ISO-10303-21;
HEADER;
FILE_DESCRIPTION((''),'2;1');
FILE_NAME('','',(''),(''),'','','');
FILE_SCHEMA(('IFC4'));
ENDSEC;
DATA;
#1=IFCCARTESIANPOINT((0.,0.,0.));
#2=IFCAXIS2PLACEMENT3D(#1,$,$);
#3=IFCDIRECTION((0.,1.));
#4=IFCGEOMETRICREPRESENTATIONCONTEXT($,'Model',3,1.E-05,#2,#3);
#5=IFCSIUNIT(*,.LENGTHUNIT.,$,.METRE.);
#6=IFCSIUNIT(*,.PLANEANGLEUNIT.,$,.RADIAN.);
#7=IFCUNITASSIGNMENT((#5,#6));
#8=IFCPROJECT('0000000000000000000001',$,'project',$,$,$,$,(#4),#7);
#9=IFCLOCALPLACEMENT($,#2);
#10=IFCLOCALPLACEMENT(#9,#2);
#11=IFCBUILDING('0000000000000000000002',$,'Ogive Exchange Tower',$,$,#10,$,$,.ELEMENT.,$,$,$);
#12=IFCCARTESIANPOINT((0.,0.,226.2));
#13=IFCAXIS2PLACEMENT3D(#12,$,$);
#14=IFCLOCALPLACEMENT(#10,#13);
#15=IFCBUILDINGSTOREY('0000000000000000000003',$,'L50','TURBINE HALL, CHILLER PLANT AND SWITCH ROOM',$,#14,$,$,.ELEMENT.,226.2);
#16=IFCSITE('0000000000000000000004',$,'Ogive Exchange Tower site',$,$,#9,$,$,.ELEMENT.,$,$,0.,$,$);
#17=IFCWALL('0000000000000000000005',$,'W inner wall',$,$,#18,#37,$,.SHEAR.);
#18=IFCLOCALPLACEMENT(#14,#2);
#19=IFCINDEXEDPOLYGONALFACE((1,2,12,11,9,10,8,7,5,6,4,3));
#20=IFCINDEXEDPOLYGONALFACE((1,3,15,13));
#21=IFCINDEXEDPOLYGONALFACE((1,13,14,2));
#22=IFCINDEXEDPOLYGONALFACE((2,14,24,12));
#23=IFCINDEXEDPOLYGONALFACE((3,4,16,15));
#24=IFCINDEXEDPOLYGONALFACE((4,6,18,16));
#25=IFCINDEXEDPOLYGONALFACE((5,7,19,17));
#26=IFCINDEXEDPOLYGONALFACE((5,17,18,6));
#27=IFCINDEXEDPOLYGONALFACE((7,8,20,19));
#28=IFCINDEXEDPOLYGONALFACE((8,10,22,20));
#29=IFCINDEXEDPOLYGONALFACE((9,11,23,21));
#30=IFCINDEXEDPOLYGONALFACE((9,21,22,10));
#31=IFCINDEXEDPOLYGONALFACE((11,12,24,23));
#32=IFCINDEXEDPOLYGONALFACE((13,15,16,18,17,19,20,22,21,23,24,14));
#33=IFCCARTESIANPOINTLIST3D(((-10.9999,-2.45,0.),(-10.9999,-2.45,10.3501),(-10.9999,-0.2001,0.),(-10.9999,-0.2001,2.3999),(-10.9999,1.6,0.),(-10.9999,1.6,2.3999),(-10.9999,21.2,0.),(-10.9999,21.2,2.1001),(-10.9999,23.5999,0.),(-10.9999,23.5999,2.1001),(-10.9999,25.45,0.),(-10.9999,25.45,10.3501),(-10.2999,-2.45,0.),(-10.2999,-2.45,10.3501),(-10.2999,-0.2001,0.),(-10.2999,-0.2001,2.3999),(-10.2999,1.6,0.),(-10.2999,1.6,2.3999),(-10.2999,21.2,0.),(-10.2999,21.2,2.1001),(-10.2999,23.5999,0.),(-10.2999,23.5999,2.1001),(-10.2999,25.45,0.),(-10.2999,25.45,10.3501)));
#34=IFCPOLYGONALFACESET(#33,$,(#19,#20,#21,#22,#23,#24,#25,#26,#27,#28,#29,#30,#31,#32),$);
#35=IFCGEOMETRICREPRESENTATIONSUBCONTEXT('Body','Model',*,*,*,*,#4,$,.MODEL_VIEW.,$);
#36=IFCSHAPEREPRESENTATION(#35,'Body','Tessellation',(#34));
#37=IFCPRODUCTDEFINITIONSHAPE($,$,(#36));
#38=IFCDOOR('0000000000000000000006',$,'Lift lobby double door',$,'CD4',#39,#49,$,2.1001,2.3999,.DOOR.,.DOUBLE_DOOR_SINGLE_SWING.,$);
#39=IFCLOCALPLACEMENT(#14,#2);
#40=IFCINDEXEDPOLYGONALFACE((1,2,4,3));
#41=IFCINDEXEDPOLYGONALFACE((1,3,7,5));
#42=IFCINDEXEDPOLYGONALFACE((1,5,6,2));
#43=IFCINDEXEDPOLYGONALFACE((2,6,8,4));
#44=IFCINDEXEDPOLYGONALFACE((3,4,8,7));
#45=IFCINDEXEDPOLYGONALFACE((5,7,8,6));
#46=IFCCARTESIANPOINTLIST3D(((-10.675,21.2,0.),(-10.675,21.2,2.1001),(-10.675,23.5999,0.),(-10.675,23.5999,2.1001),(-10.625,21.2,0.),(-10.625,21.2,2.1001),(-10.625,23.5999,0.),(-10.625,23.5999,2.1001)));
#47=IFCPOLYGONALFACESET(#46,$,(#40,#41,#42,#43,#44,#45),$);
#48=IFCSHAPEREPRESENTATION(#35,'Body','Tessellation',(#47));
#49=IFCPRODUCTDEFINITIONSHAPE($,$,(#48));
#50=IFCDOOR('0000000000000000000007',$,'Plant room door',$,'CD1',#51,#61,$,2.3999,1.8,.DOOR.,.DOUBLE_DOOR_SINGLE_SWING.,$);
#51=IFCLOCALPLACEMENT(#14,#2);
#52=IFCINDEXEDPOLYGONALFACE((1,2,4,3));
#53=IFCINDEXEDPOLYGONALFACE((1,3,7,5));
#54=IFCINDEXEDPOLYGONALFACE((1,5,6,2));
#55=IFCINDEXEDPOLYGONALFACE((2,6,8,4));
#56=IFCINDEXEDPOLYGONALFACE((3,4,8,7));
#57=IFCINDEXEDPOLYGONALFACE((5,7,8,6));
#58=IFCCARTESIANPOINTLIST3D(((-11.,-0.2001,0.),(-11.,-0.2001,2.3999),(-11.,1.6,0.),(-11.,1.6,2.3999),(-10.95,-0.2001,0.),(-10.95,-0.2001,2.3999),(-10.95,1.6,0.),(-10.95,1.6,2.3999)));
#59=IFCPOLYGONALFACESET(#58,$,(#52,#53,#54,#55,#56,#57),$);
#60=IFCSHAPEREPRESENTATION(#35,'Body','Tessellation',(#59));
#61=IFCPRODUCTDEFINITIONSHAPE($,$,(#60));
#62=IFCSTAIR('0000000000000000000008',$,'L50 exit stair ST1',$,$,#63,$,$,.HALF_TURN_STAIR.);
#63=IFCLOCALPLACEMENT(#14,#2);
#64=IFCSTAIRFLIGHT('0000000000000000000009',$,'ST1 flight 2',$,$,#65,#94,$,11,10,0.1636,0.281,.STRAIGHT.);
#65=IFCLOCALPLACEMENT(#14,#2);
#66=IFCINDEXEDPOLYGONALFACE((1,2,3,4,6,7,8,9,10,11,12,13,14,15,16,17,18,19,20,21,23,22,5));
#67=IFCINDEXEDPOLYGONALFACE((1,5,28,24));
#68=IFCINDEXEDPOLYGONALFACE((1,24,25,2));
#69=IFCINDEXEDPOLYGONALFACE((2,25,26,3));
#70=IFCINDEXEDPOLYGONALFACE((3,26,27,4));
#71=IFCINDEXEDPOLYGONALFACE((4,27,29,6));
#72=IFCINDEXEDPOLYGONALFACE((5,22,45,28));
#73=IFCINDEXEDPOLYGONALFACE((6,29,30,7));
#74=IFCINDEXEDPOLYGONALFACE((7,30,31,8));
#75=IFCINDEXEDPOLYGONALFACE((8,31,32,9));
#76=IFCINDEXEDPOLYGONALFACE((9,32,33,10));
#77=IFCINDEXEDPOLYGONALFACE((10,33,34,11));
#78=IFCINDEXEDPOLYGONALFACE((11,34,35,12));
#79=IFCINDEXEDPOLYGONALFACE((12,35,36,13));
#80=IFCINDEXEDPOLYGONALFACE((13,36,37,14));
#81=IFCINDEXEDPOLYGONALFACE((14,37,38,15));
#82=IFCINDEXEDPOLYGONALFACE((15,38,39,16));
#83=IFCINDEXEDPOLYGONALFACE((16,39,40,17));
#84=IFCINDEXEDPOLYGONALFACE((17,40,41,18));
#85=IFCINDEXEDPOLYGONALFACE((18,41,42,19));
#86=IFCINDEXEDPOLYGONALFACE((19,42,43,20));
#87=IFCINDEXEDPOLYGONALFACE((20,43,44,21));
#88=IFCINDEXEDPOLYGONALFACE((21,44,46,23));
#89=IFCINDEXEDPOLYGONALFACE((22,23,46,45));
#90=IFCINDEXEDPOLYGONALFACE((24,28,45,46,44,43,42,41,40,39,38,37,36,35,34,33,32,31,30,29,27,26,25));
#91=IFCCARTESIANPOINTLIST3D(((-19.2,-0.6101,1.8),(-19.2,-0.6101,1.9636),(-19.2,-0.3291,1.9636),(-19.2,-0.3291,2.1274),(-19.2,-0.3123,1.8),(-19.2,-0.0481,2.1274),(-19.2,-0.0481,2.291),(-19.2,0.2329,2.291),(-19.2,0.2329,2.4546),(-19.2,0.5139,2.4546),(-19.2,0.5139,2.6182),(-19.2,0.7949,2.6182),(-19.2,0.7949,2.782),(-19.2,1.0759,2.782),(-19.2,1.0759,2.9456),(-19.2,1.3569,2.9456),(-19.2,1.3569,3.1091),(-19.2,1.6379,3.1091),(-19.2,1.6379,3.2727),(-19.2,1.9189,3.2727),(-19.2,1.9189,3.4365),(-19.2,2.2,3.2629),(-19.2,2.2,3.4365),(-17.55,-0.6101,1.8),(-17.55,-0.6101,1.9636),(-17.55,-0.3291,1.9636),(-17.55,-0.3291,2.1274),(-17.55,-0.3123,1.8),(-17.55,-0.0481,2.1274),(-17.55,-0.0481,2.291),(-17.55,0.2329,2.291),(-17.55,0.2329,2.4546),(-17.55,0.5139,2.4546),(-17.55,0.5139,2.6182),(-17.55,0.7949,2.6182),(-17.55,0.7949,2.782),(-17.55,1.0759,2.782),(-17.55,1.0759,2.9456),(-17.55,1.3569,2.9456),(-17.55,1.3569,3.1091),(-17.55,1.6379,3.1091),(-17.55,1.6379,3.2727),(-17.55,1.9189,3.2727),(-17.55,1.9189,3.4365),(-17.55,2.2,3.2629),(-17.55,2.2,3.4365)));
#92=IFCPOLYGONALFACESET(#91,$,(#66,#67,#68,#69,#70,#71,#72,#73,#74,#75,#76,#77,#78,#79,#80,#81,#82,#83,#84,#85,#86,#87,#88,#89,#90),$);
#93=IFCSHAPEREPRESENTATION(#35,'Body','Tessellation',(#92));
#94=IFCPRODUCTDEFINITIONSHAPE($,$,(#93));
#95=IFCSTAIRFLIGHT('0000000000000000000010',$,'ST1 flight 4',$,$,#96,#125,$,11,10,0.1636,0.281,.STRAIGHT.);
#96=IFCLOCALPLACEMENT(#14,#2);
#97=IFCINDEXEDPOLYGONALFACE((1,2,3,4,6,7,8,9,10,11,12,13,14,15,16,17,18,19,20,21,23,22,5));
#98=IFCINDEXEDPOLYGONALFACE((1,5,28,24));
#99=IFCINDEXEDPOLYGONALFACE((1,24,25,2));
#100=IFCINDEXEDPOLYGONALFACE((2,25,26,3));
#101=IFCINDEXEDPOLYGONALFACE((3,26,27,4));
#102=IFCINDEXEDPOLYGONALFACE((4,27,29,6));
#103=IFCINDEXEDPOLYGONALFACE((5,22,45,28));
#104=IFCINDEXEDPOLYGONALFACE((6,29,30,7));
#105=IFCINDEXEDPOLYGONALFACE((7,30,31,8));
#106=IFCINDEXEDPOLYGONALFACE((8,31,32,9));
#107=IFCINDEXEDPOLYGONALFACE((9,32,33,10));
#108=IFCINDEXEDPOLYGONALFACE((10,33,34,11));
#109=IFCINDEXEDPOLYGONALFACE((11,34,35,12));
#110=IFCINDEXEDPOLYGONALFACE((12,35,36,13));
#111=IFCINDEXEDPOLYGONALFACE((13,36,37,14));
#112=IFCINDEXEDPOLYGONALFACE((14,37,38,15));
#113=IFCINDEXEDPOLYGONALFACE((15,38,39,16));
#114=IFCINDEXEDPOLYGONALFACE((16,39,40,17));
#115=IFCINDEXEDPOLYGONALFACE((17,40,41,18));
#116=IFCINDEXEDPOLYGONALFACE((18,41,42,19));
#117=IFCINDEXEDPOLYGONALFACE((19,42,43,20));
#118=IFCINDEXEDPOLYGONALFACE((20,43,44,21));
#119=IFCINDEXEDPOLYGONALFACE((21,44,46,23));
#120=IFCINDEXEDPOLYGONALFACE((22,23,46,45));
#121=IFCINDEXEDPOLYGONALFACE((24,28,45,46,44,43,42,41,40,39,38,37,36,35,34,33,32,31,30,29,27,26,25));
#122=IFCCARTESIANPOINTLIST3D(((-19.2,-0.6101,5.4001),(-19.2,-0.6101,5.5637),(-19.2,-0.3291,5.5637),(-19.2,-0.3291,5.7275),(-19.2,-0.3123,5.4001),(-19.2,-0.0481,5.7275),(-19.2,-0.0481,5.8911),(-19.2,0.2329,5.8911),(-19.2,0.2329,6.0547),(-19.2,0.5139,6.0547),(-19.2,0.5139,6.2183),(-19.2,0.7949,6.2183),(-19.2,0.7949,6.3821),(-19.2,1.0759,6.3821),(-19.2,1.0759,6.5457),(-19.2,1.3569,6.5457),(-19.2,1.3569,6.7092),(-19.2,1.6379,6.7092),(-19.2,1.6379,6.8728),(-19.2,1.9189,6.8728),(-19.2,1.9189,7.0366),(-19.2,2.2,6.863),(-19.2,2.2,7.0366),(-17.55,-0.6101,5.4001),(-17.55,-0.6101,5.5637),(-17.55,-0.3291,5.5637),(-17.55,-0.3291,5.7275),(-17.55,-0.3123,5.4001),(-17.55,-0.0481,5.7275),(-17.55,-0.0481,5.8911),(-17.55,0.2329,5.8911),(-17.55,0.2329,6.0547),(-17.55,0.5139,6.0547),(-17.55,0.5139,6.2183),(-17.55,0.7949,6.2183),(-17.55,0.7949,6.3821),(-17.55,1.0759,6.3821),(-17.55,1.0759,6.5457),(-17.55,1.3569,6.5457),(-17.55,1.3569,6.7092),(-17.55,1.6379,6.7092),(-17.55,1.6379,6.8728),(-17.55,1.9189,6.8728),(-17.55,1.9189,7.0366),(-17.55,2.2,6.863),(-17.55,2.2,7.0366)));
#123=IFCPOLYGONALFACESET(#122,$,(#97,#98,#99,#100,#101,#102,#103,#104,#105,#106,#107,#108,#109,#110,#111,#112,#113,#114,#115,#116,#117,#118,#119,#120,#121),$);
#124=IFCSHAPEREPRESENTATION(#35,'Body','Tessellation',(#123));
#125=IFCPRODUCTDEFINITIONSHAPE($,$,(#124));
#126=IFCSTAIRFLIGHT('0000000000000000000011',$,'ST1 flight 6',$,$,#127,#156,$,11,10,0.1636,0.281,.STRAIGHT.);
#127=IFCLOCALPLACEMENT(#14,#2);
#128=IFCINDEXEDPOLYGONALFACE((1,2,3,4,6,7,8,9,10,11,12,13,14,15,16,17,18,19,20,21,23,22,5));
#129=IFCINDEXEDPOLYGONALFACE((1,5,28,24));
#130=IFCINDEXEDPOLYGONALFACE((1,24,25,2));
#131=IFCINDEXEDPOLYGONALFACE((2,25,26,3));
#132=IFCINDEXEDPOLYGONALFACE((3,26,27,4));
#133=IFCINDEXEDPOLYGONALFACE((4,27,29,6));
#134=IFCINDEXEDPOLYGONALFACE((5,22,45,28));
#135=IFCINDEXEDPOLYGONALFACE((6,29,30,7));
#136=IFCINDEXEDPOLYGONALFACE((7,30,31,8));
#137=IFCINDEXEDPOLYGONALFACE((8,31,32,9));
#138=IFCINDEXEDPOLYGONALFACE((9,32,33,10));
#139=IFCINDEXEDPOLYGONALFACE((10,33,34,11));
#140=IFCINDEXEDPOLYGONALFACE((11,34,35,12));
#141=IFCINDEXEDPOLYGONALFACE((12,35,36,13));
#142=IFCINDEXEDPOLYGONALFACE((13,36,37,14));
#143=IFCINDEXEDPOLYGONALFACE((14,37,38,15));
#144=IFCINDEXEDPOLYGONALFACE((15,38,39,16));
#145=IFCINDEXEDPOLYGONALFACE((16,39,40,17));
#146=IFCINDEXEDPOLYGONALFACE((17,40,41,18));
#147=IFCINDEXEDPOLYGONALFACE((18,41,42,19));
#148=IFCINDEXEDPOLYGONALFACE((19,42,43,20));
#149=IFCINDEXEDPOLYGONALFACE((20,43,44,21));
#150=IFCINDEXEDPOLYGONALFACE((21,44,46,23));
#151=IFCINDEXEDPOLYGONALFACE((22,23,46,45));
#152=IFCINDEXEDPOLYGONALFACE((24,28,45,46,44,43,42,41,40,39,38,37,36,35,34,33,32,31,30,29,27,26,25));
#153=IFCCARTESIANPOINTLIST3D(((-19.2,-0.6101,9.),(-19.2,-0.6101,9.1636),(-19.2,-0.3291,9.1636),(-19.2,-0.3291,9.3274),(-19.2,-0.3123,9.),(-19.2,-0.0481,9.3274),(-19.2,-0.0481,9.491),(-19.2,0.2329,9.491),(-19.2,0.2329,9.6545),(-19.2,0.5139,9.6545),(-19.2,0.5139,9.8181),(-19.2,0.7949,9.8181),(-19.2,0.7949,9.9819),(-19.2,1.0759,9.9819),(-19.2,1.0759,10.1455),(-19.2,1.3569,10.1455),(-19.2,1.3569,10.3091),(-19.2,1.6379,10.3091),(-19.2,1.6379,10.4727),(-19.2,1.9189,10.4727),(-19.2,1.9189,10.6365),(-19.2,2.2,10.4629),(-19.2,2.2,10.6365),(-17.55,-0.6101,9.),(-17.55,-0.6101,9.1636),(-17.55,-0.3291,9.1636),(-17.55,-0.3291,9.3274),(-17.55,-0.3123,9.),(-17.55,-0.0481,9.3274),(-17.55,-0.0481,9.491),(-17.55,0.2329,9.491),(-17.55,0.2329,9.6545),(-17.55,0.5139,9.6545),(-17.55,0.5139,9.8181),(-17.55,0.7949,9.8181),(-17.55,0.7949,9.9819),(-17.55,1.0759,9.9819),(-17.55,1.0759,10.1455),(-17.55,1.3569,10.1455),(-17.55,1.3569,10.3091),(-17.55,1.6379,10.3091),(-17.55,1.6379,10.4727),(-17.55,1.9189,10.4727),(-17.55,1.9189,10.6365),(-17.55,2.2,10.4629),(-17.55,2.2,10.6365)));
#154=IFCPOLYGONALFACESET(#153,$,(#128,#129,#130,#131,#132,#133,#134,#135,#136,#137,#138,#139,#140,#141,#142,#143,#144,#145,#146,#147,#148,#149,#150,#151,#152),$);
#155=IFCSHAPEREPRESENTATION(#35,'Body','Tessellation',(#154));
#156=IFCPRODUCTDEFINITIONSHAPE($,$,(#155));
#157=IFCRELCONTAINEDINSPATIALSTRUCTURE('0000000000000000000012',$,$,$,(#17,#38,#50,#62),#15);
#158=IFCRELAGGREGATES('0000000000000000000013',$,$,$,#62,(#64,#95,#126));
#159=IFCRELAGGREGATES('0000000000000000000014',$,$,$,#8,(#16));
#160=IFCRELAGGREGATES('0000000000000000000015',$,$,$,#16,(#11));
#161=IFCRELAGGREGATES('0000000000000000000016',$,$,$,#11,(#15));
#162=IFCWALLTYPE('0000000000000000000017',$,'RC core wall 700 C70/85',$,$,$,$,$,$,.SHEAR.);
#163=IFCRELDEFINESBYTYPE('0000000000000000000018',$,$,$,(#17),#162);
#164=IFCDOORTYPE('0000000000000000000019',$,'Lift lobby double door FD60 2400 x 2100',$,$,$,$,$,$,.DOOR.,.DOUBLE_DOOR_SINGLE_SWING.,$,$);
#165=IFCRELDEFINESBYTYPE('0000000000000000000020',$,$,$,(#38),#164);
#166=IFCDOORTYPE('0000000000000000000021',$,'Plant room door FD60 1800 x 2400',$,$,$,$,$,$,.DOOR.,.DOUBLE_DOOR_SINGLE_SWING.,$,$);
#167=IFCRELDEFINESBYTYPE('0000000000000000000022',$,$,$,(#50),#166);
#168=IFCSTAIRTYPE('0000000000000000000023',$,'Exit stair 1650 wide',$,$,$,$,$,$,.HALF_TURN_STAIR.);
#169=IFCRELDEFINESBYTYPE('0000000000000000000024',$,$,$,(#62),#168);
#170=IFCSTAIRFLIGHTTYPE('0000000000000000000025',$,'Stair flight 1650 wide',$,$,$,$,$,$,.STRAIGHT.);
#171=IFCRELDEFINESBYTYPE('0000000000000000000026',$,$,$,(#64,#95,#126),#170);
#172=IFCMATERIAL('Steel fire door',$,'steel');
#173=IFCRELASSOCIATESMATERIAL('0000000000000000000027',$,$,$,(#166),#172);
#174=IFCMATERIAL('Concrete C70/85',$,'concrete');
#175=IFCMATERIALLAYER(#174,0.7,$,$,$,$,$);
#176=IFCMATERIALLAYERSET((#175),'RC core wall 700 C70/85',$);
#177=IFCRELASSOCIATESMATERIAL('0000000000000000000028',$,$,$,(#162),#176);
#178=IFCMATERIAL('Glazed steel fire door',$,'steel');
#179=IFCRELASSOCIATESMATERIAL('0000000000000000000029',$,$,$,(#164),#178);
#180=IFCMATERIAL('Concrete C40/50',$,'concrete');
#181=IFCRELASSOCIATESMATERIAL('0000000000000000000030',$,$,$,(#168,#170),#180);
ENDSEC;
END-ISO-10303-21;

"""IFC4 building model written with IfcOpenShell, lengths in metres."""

from ifc_helpers import new_model, si_unit, direction, frame, frame_2d, origin, place, context, subcontext, project, spatial, polyline, rectangle, outline, extrude, material, layer, layer_set, type_object, element, fill, aggregate, save


model = new_model("IFC4")

# Units and contexts
model_context = context("Model", 3, precision=1e-05, world=origin(), true_north=direction((0.0, 1.0)))
body_context = subcontext(model_context, "Body", "Model", "MODEL_VIEW")
ifc_project = project(units=[si_unit("LENGTHUNIT", "METRE"), si_unit("PLANEANGLEUNIT", "RADIAN")], contexts=[model_context])

# Site, building, storey
site_placement = place(None, origin())
site = spatial("IfcSite", under=ifc_project, at=site_placement, Name="Ogive Exchange Tower site", CompositionType="ELEMENT", RefElevation=0.0)
building_placement = place(site_placement, origin())
building = spatial("IfcBuilding", under=site, at=building_placement, Name="Ogive Exchange Tower", CompositionType="ELEMENT")
storey_placement = place(building_placement, frame((0.0, 0.0, 226.2)))
storey = spatial("IfcBuildingStorey", under=building, at=storey_placement, Name="L50", Description="TURBINE HALL, CHILLER PLANT AND SWITCH ROOM", CompositionType="ELEMENT", Elevation=226.2)

# Shared definitions
ifc_material_1 = material(Name="Concrete C70/85", Category="concrete")
ifc_material_2 = material(Name="Steel fire door", Category="steel")

# Shared definitions
door_type_1 = type_object("IfcDoorType", Name="Plant room door FD60 1800 x 2400", OperationType="DOUBLE_DOOR_SINGLE_SWING", PredefinedType="DOOR", material=ifc_material_2)

# Wall, openings, doors
ifc_layer_1 = layer(ifc_material_1, 0.7)
ifc_layer_set_1 = layer_set([ifc_layer_1], Name="RC core wall 700 C70/85")
wall_type_1 = type_object("IfcWallType", Name="RC core wall 700 C70/85", PredefinedType="SHEAR", material=ifc_layer_set_1)
wall_1_placement = place(storey_placement, frame((-10.6499, -2.45, 0.0), z_axis=(0.0, 0.0, 1.0), x_axis=(0.0, 1.0, 0.0)))
wall_1 = element("IfcWall", 1, at=wall_1_placement, inside=storey, type_object=wall_type_1, Name="W inner wall", PredefinedType="SHEAR", context=body_context, shape_type="SweptSolid", body=[
    extrude(rectangle(XDim=27.8999, YDim=0.7, at=frame_2d((13.95, 0.0))), origin(), (0.0, 0.0, 1.0), 10.3501),
])
opening_1_placement = place(wall_1_placement, frame((23.6499, 0.0, 0.0)))
opening_1 = element("IfcOpeningElement", 2, at=opening_1_placement, cuts=wall_1, PredefinedType="OPENING", context=body_context, shape_type="SweptSolid", body=[
    extrude(rectangle(XDim=2.3999, YDim=2.1001, at=frame_2d((1.2, 1.05))), frame((0.0, 0.3599, 0.0), z_axis=(0.0, -1.0, 0.0), x_axis=(1.0, 0.0, 0.0)), (0.0, 0.0, 1.0), 0.72),
])
opening_2_placement = place(wall_1_placement, frame((2.25, 0.0, 0.0)))
opening_2 = element("IfcOpeningElement", 3, at=opening_2_placement, cuts=wall_1, PredefinedType="OPENING", context=body_context, shape_type="SweptSolid", body=[
    extrude(rectangle(XDim=1.8, YDim=2.3999, at=frame_2d((0.8999, 1.2))), frame((0.0, 0.3599, 0.0), z_axis=(0.0, -1.0, 0.0), x_axis=(1.0, 0.0, 0.0)), (0.0, 0.0, 1.0), 0.72),
])
ifc_material_3 = material(Name="Glazed steel fire door", Category="steel")
door_type_2 = type_object("IfcDoorType", Name="Lift lobby double door FD60 2400 x 2100", OperationType="DOUBLE_DOOR_SINGLE_SWING", PredefinedType="DOOR", material=ifc_material_3)
door_1_placement = place(opening_1_placement, frame((2.3999, 0.0, 0.0), z_axis=(0.0, 0.0, 1.0), x_axis=(-1.0, 0.0, 0.0)))
door_1 = element("IfcDoor", 4, at=door_1_placement, inside=storey, type_object=door_type_2, Name="Lift lobby double door", ObjectType="CD4", OperationType="DOUBLE_DOOR_SINGLE_SWING", OverallHeight=2.1001, OverallWidth=2.3999, PredefinedType="DOOR", context=body_context, shape_type="SweptSolid", body=[
    extrude(rectangle(XDim=2.3999, YDim=2.1001, at=frame_2d((1.2, 1.05))), frame((0.0, 0.0249, 0.0), z_axis=(0.0, -1.0, 0.0), x_axis=(1.0, 0.0, 0.0)), (0.0, 0.0, 1.0), 0.05),
])
fill(opening_1, door_1)
door_2_placement = place(opening_2_placement, origin())
door_2 = element("IfcDoor", 5, at=door_2_placement, inside=storey, type_object=door_type_1, Name="Plant room door", ObjectType="CD1", OperationType="DOUBLE_DOOR_SINGLE_SWING", OverallHeight=2.3999, OverallWidth=1.8, PredefinedType="DOOR", context=body_context, shape_type="SweptSolid", body=[
    extrude(rectangle(XDim=1.8, YDim=2.3999, at=frame_2d((0.8999, 1.2))), frame((0.0, 0.3501, 0.0), z_axis=(0.0, -1.0, 0.0), x_axis=(1.0, 0.0, 0.0)), (0.0, 0.0, 1.0), 0.05),
])
fill(opening_2, door_2)

# Stair, stair flights
ifc_material_4 = material(Name="Concrete C40/50", Category="concrete")
stair_type = type_object("IfcStairType", Name="Exit stair 1650 wide", PredefinedType="HALF_TURN_STAIR", material=ifc_material_4)
stair_placement = place(storey_placement, origin())
stair = element("IfcStair", 6, at=stair_placement, inside=storey, type_object=stair_type, Name="L50 exit stair ST1", PredefinedType="HALF_TURN_STAIR")
stair_flight_type = type_object("IfcStairFlightType", Name="Stair flight 1650 wide", PredefinedType="STRAIGHT", material=ifc_material_4)
stair_flight_1_placement = place(storey_placement, frame((-18.375, -0.6101, 1.8), z_axis=(0.0, 0.0, 1.0), x_axis=(0.0, 1.0, 0.0)))
stair_flight_1 = element("IfcStairFlight", 7, at=stair_flight_1_placement, type_object=stair_flight_type, Name="ST1 flight 2", NumberOfRisers=11, NumberOfTreads=10, PredefinedType="STRAIGHT", RiserHeight=0.1636, TreadLength=0.281, context=body_context, shape_type="SweptSolid", body=[
    extrude(outline(polyline([(0.0, 0.0), (0.0, 0.1636), (0.281, 0.1636), (0.281, 0.3274), (0.562, 0.3274), (0.562, 0.491), (0.843, 0.491), (0.843, 0.6545), (1.124, 0.6545), (1.124, 0.8181), (1.405, 0.8181), (1.405, 0.9819), (1.686, 0.9819), (1.686, 1.1455), (1.967, 1.1455), (1.967, 1.3091), (2.248, 1.3091), (2.248, 1.4727), (2.5291, 1.4727), (2.5291, 1.6365), (2.8101, 1.6365), (2.8101, 1.8), (2.8101, 1.4629), (0.2979, 0.0), (0.0, 0.0)])), frame((0.0, 0.825, 0.0), z_axis=(0.0, -1.0, 0.0), x_axis=(1.0, 0.0, 0.0)), (0.0, 0.0, 1.0), 1.6499),
])
stair_flight_2_placement = place(storey_placement, frame((-18.375, -0.6101, 5.4001), z_axis=(0.0, 0.0, 1.0), x_axis=(0.0, 1.0, 0.0)))
stair_flight_2 = element("IfcStairFlight", 8, at=stair_flight_2_placement, type_object=stair_flight_type, Name="ST1 flight 4", NumberOfRisers=11, NumberOfTreads=10, PredefinedType="STRAIGHT", RiserHeight=0.1636, TreadLength=0.281, context=body_context, shape_type="SweptSolid", body=[
    extrude(outline(polyline([(0.0, 0.0), (0.0, 0.1636), (0.281, 0.1636), (0.281, 0.3274), (0.562, 0.3274), (0.562, 0.491), (0.843, 0.491), (0.843, 0.6545), (1.124, 0.6545), (1.124, 0.8181), (1.405, 0.8181), (1.405, 0.9819), (1.686, 0.9819), (1.686, 1.1455), (1.967, 1.1455), (1.967, 1.3091), (2.248, 1.3091), (2.248, 1.4727), (2.5291, 1.4727), (2.5291, 1.6365), (2.8101, 1.6365), (2.8101, 1.8), (2.8101, 1.4629), (0.2979, 0.0), (0.0, 0.0)])), frame((0.0, 0.825, 0.0), z_axis=(0.0, -1.0, 0.0), x_axis=(1.0, 0.0, 0.0)), (0.0, 0.0, 1.0), 1.6499),
])
stair_flight_3_placement = place(storey_placement, frame((-18.375, -0.6101, 9.0), z_axis=(0.0, 0.0, 1.0), x_axis=(0.0, 1.0, 0.0)))
stair_flight_3 = element("IfcStairFlight", 9, at=stair_flight_3_placement, type_object=stair_flight_type, Name="ST1 flight 6", NumberOfRisers=11, NumberOfTreads=10, PredefinedType="STRAIGHT", RiserHeight=0.1636, TreadLength=0.281, context=body_context, shape_type="SweptSolid", body=[
    extrude(outline(polyline([(0.0, 0.0), (0.0, 0.1636), (0.281, 0.1636), (0.281, 0.3274), (0.562, 0.3274), (0.562, 0.491), (0.843, 0.491), (0.843, 0.6545), (1.124, 0.6545), (1.124, 0.8181), (1.405, 0.8181), (1.405, 0.9819), (1.686, 0.9819), (1.686, 1.1455), (1.967, 1.1455), (1.967, 1.3091), (2.248, 1.3091), (2.248, 1.4727), (2.5291, 1.4727), (2.5291, 1.6365), (2.8101, 1.6365), (2.8101, 1.8), (2.8101, 1.4629), (0.2979, 0.0), (0.0, 0.0)])), frame((0.0, 0.825, 0.0), z_axis=(0.0, -1.0, 0.0), x_axis=(1.0, 0.0, 0.0)), (0.0, 0.0, 1.0), 1.6499),
])
aggregate(stair, [stair_flight_1, stair_flight_2, stair_flight_3])

save(model, "model.ifc")
